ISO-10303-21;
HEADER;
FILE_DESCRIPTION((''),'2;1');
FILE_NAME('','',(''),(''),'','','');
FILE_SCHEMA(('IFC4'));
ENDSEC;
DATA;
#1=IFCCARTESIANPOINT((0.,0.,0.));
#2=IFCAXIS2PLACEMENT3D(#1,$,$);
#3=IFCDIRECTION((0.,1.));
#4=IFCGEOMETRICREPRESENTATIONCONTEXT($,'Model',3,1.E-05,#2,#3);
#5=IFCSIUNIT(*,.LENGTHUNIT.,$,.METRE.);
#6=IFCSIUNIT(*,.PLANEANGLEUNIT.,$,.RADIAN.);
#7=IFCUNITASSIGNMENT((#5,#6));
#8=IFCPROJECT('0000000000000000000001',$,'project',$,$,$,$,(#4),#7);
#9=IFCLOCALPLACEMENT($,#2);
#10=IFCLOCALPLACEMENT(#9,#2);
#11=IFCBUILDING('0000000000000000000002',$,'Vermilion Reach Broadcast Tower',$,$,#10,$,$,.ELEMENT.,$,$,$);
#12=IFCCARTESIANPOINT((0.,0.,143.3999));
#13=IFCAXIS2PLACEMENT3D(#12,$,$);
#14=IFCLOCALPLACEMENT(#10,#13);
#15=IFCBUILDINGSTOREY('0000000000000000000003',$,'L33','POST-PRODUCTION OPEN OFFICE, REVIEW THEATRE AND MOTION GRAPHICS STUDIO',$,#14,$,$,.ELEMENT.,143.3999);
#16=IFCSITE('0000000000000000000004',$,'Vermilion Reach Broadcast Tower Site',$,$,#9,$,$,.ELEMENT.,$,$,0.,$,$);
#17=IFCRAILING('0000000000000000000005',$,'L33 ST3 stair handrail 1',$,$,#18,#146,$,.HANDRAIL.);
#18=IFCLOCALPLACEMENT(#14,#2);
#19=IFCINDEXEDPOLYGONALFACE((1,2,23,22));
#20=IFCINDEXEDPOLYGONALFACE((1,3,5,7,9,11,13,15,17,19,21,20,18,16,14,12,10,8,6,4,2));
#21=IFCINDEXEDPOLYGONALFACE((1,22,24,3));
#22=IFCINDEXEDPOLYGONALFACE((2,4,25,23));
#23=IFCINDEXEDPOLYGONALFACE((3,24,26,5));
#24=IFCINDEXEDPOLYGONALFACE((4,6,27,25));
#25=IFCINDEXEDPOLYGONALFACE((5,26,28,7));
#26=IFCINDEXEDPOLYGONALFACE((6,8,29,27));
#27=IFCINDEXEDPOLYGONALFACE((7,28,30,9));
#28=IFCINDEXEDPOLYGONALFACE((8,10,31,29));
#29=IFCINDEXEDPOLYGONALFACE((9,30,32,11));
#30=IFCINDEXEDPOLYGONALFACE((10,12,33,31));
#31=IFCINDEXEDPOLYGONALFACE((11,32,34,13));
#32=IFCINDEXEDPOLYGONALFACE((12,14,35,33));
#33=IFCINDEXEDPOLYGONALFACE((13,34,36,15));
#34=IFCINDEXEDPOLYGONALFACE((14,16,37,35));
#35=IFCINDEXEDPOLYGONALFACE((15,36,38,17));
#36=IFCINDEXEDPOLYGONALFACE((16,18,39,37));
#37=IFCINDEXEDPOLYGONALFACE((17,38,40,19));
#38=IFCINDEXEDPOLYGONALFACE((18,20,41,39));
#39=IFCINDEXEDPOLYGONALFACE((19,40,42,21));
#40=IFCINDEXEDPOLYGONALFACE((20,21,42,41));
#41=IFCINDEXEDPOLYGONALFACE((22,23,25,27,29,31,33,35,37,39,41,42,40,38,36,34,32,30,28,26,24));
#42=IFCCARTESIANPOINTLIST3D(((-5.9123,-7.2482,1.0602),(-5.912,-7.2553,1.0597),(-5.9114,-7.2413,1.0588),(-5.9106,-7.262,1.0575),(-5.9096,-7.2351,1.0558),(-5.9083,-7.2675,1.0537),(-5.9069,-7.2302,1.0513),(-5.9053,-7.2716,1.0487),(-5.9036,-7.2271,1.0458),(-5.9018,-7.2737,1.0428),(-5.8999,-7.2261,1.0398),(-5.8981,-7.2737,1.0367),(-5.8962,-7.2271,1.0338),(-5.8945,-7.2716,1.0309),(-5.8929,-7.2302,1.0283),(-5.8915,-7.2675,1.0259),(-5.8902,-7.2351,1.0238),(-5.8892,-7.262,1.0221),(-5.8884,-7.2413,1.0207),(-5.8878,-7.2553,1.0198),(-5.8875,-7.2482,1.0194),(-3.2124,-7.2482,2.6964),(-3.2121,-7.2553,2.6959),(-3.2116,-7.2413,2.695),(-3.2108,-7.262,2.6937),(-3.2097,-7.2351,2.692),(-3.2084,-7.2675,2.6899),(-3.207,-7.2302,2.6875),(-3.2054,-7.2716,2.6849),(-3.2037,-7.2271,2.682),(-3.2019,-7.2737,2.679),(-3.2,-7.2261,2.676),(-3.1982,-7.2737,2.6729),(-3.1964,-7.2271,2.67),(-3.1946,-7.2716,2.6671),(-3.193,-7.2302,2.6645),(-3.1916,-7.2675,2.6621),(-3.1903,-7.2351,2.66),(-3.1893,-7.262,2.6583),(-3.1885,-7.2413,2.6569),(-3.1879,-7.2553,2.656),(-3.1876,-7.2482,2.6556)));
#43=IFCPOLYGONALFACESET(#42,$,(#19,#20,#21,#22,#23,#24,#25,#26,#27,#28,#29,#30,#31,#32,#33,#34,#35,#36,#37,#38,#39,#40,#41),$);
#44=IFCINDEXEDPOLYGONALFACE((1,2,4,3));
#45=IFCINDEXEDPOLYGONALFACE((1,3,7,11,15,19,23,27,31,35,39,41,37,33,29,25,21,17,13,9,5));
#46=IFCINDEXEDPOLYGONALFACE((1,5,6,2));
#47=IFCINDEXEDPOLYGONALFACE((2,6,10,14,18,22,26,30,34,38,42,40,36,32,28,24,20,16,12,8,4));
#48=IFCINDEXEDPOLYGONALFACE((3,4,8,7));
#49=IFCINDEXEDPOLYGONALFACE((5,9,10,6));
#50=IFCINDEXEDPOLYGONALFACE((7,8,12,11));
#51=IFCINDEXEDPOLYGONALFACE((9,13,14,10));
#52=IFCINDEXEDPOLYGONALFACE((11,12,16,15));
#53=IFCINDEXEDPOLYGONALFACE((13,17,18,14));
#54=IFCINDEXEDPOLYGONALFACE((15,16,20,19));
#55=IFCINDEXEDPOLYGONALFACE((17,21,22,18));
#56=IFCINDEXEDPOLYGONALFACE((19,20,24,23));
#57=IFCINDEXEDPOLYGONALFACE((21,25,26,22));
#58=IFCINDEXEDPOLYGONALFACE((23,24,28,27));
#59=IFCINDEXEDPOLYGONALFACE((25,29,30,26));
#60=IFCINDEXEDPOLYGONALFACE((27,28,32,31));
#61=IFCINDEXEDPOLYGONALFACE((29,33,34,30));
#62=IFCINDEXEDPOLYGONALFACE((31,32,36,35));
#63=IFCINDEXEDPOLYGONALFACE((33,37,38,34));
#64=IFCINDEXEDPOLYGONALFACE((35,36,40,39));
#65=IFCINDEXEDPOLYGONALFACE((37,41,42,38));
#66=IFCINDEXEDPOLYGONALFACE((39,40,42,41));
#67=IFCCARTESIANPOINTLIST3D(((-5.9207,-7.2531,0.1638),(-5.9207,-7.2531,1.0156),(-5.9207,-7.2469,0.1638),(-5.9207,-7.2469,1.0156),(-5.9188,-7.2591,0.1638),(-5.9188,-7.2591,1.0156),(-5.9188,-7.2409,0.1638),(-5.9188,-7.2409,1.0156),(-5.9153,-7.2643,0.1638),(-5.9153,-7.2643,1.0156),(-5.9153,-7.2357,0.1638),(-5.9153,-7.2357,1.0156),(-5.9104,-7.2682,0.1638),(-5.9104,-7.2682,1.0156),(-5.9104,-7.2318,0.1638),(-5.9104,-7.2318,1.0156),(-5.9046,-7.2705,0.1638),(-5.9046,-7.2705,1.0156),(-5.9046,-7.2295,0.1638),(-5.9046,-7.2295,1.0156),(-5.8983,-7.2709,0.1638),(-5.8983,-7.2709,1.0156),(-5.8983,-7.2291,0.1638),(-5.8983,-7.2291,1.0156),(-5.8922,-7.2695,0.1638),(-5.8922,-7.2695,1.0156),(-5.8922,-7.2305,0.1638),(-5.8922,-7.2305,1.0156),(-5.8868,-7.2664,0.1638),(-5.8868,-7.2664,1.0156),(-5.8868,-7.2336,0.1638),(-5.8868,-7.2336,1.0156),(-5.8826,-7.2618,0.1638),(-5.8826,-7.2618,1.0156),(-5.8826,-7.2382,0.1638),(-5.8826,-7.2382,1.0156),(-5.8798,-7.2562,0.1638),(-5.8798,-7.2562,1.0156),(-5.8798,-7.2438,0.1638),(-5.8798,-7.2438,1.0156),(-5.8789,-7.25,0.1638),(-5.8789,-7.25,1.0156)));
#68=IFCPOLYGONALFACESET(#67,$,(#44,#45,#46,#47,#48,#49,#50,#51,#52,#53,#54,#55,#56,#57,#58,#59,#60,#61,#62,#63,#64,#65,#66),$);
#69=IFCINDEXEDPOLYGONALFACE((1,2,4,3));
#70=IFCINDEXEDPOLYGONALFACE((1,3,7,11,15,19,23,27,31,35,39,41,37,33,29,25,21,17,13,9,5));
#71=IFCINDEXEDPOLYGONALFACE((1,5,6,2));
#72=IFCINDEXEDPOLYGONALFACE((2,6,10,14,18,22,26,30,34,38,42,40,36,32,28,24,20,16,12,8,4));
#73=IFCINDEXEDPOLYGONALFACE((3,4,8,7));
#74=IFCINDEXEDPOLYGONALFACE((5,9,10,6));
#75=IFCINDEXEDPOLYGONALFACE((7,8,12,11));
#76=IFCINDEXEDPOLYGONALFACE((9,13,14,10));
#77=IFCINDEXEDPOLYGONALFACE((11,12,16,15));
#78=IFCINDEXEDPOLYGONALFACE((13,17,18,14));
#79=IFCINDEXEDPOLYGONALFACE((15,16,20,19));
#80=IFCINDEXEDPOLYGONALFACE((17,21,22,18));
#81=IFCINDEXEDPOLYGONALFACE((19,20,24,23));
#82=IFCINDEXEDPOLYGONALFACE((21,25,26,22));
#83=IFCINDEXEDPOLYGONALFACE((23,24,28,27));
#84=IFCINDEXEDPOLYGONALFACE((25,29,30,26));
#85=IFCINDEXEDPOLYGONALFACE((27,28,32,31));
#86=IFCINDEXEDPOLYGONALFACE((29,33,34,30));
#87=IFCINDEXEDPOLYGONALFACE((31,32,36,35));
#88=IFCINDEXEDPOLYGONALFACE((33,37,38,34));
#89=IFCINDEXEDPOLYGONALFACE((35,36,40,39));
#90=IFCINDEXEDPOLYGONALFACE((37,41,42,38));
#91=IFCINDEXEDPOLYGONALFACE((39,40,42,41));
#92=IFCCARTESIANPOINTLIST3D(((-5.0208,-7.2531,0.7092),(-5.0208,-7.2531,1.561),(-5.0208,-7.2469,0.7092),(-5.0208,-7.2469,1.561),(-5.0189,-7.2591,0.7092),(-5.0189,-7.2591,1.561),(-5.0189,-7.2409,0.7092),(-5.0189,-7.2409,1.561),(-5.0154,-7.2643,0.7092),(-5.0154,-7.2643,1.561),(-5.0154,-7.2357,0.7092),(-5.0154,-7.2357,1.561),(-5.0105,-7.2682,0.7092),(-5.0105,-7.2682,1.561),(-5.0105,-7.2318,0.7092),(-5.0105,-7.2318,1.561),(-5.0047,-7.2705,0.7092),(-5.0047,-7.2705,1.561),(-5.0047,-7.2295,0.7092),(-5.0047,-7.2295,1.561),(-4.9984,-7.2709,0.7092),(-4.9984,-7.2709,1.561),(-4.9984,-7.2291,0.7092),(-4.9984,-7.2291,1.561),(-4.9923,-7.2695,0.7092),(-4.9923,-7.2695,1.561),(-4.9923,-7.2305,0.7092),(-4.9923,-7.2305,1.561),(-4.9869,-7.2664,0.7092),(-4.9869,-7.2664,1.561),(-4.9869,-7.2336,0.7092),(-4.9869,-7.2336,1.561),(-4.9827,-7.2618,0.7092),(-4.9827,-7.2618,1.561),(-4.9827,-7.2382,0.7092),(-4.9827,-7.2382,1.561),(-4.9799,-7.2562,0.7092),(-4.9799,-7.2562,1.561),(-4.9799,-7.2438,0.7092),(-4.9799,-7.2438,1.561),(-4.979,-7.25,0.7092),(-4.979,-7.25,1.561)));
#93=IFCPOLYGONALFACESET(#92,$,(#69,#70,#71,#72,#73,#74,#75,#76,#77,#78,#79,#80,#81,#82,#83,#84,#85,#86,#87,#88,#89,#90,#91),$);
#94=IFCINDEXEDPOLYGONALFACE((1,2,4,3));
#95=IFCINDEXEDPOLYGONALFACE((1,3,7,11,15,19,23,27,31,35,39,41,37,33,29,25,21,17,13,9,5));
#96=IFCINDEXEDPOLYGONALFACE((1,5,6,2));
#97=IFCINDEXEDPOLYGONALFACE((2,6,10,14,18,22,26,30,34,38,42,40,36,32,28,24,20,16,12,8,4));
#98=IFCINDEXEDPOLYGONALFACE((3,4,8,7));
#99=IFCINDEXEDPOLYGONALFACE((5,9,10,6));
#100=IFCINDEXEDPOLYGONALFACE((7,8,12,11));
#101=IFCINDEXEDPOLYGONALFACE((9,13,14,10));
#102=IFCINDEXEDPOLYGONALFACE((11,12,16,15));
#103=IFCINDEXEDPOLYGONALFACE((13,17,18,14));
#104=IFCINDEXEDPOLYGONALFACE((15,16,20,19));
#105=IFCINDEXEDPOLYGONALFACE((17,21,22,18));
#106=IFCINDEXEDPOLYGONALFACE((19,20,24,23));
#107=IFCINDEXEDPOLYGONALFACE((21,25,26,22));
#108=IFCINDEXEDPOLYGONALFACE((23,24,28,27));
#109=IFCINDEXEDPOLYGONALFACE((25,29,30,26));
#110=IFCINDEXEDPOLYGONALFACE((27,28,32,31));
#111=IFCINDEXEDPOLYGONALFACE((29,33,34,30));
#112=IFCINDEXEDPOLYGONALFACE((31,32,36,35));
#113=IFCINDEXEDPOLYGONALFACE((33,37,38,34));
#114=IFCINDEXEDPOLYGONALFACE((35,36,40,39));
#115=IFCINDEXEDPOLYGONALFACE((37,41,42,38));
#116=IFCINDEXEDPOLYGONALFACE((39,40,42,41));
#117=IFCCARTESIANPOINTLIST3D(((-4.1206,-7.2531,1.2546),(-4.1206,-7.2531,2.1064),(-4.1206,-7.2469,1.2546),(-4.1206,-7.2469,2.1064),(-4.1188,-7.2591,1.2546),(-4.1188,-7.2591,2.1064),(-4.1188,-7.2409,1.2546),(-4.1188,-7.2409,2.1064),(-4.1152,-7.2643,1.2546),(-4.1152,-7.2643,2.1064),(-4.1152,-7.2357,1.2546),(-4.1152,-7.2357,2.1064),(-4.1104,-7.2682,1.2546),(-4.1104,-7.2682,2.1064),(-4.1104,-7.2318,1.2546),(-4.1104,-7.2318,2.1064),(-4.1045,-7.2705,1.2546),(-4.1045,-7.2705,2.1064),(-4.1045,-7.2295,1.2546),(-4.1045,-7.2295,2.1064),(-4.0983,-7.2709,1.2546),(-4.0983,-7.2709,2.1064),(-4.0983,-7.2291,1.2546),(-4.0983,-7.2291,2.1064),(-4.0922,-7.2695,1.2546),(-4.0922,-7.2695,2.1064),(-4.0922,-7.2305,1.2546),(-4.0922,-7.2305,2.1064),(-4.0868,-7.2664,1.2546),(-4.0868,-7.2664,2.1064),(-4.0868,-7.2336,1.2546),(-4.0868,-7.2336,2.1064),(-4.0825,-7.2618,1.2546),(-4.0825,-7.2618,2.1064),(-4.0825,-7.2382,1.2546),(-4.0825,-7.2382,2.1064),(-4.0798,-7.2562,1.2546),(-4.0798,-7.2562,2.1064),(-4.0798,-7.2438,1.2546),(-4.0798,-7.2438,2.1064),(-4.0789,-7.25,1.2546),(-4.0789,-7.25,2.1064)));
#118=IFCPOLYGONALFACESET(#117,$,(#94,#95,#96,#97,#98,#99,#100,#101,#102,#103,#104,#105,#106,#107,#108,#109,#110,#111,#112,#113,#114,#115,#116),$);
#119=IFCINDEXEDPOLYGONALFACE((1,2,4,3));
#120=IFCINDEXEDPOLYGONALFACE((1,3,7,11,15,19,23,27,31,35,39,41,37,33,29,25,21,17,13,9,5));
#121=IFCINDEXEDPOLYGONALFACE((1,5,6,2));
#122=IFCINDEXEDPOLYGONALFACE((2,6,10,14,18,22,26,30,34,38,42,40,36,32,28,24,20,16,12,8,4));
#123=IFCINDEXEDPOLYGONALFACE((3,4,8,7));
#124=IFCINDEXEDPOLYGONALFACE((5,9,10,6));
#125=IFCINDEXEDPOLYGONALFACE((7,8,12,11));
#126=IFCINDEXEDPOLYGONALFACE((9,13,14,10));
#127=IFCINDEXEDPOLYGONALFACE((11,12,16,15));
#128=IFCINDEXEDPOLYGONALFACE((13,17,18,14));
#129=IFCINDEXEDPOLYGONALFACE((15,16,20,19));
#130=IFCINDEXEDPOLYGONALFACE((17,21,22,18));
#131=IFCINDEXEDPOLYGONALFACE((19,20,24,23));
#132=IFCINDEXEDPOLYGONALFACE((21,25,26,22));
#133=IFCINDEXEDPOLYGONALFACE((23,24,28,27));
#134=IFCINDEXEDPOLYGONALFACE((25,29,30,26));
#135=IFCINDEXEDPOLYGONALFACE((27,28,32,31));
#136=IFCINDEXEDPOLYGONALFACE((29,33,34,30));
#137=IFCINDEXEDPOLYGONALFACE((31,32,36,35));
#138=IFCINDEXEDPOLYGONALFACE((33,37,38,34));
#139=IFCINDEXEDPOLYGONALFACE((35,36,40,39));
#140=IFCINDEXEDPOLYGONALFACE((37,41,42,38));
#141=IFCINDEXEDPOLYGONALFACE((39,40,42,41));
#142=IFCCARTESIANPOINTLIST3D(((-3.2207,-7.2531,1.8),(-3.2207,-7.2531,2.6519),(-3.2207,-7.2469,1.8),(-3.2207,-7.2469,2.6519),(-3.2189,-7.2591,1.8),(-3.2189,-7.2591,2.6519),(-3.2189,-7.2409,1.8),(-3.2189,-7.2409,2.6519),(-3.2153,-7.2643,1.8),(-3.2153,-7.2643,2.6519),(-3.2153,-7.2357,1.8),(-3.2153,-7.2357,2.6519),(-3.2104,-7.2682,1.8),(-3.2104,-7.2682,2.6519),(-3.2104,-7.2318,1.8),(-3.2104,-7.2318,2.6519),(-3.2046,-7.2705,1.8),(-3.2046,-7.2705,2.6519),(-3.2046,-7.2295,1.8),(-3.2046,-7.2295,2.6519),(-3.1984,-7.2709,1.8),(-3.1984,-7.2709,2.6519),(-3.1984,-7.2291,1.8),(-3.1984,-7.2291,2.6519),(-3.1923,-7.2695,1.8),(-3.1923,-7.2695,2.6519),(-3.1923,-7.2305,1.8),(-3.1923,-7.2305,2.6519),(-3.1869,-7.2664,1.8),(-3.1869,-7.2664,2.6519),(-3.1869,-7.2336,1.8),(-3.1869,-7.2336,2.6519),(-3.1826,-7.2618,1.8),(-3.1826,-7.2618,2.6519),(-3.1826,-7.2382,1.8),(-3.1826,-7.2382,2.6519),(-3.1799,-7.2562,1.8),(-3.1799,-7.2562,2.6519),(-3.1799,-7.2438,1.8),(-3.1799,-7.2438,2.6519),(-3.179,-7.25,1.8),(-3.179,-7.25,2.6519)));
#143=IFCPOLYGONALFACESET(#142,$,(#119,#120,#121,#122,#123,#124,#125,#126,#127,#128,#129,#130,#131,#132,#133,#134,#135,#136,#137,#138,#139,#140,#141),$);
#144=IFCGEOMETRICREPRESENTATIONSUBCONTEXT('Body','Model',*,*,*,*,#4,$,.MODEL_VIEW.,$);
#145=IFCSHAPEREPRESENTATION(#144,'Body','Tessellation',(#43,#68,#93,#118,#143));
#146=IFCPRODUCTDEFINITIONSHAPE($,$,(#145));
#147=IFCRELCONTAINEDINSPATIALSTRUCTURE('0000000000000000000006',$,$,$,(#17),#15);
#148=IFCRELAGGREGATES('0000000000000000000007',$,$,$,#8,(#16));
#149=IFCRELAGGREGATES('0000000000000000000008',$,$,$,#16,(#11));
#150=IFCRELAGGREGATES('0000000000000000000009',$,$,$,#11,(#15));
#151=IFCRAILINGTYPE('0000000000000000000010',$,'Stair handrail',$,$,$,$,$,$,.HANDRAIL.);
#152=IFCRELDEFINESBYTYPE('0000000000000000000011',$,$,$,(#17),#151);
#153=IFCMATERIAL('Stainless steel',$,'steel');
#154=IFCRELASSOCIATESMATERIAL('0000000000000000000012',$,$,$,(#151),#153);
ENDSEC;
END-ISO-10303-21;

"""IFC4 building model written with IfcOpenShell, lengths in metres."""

from ifc_helpers import new_model, si_unit, direction, frame, origin, origin_2d, place, context, subcontext, project, spatial, circle, extrude, material, type_object, element, save


model = new_model("IFC4")

# Units and contexts
model_context = context("Model", 3, precision=1e-05, world=origin(), true_north=direction((0.0, 1.0)))
body_context = subcontext(model_context, "Body", "Model", "MODEL_VIEW")
ifc_project = project(units=[si_unit("LENGTHUNIT", "METRE"), si_unit("PLANEANGLEUNIT", "RADIAN")], contexts=[model_context])

# Site, building, storey
site_placement = place(None, origin())
site = spatial("IfcSite", under=ifc_project, at=site_placement, Name="Vermilion Reach Broadcast Tower Site", CompositionType="ELEMENT", RefElevation=0.0)
building_placement = place(site_placement, origin())
building = spatial("IfcBuilding", under=site, at=building_placement, Name="Vermilion Reach Broadcast Tower", CompositionType="ELEMENT")
storey_placement = place(building_placement, frame((0.0, 0.0, 143.3999)))
storey = spatial("IfcBuildingStorey", under=building, at=storey_placement, Name="L33", Description="POST-PRODUCTION OPEN OFFICE, REVIEW THEATRE AND MOTION GRAPHICS STUDIO", CompositionType="ELEMENT", Elevation=143.3999)

# Railing
ifc_material_1 = material(Name="Stainless steel", Category="steel")
railing_type_1 = type_object("IfcRailingType", Name="Stair handrail", PredefinedType="HANDRAIL", material=ifc_material_1)
railing_1_placement = place(storey_placement, frame((-5.8999, -7.25, 0.1638)))
element("IfcRailing", 1, at=railing_1_placement, inside=storey, type_object=railing_type_1, Name="L33 ST3 stair handrail 1", PredefinedType="HANDRAIL", context=body_context, shape_type="SweptSolid", body=[
    extrude(circle(Radius=0.0239, at=origin_2d()), frame((0.0, 0.0, 0.876), z_axis=(0.855212, 0.0, 0.518278), x_axis=(0.0, 1.0, 0.0)), (0.0, 0.0, 1.0), 3.157),
    extrude(circle(Radius=0.021, at=origin_2d()), origin(), (0.0, 0.0, 1.0), 0.8518),
    extrude(circle(Radius=0.021, at=origin_2d()), frame((0.8999, 0.0, 0.5454)), (0.0, 0.0, 1.0), 0.8518),
    extrude(circle(Radius=0.021, at=origin_2d()), frame((1.8, 0.0, 1.0908)), (0.0, 0.0, 1.0), 0.8518),
    extrude(circle(Radius=0.021, at=origin_2d()), frame((2.7, 0.0, 1.6362)), (0.0, 0.0, 1.0), 0.8518),
])

save(model, "model.ifc")
